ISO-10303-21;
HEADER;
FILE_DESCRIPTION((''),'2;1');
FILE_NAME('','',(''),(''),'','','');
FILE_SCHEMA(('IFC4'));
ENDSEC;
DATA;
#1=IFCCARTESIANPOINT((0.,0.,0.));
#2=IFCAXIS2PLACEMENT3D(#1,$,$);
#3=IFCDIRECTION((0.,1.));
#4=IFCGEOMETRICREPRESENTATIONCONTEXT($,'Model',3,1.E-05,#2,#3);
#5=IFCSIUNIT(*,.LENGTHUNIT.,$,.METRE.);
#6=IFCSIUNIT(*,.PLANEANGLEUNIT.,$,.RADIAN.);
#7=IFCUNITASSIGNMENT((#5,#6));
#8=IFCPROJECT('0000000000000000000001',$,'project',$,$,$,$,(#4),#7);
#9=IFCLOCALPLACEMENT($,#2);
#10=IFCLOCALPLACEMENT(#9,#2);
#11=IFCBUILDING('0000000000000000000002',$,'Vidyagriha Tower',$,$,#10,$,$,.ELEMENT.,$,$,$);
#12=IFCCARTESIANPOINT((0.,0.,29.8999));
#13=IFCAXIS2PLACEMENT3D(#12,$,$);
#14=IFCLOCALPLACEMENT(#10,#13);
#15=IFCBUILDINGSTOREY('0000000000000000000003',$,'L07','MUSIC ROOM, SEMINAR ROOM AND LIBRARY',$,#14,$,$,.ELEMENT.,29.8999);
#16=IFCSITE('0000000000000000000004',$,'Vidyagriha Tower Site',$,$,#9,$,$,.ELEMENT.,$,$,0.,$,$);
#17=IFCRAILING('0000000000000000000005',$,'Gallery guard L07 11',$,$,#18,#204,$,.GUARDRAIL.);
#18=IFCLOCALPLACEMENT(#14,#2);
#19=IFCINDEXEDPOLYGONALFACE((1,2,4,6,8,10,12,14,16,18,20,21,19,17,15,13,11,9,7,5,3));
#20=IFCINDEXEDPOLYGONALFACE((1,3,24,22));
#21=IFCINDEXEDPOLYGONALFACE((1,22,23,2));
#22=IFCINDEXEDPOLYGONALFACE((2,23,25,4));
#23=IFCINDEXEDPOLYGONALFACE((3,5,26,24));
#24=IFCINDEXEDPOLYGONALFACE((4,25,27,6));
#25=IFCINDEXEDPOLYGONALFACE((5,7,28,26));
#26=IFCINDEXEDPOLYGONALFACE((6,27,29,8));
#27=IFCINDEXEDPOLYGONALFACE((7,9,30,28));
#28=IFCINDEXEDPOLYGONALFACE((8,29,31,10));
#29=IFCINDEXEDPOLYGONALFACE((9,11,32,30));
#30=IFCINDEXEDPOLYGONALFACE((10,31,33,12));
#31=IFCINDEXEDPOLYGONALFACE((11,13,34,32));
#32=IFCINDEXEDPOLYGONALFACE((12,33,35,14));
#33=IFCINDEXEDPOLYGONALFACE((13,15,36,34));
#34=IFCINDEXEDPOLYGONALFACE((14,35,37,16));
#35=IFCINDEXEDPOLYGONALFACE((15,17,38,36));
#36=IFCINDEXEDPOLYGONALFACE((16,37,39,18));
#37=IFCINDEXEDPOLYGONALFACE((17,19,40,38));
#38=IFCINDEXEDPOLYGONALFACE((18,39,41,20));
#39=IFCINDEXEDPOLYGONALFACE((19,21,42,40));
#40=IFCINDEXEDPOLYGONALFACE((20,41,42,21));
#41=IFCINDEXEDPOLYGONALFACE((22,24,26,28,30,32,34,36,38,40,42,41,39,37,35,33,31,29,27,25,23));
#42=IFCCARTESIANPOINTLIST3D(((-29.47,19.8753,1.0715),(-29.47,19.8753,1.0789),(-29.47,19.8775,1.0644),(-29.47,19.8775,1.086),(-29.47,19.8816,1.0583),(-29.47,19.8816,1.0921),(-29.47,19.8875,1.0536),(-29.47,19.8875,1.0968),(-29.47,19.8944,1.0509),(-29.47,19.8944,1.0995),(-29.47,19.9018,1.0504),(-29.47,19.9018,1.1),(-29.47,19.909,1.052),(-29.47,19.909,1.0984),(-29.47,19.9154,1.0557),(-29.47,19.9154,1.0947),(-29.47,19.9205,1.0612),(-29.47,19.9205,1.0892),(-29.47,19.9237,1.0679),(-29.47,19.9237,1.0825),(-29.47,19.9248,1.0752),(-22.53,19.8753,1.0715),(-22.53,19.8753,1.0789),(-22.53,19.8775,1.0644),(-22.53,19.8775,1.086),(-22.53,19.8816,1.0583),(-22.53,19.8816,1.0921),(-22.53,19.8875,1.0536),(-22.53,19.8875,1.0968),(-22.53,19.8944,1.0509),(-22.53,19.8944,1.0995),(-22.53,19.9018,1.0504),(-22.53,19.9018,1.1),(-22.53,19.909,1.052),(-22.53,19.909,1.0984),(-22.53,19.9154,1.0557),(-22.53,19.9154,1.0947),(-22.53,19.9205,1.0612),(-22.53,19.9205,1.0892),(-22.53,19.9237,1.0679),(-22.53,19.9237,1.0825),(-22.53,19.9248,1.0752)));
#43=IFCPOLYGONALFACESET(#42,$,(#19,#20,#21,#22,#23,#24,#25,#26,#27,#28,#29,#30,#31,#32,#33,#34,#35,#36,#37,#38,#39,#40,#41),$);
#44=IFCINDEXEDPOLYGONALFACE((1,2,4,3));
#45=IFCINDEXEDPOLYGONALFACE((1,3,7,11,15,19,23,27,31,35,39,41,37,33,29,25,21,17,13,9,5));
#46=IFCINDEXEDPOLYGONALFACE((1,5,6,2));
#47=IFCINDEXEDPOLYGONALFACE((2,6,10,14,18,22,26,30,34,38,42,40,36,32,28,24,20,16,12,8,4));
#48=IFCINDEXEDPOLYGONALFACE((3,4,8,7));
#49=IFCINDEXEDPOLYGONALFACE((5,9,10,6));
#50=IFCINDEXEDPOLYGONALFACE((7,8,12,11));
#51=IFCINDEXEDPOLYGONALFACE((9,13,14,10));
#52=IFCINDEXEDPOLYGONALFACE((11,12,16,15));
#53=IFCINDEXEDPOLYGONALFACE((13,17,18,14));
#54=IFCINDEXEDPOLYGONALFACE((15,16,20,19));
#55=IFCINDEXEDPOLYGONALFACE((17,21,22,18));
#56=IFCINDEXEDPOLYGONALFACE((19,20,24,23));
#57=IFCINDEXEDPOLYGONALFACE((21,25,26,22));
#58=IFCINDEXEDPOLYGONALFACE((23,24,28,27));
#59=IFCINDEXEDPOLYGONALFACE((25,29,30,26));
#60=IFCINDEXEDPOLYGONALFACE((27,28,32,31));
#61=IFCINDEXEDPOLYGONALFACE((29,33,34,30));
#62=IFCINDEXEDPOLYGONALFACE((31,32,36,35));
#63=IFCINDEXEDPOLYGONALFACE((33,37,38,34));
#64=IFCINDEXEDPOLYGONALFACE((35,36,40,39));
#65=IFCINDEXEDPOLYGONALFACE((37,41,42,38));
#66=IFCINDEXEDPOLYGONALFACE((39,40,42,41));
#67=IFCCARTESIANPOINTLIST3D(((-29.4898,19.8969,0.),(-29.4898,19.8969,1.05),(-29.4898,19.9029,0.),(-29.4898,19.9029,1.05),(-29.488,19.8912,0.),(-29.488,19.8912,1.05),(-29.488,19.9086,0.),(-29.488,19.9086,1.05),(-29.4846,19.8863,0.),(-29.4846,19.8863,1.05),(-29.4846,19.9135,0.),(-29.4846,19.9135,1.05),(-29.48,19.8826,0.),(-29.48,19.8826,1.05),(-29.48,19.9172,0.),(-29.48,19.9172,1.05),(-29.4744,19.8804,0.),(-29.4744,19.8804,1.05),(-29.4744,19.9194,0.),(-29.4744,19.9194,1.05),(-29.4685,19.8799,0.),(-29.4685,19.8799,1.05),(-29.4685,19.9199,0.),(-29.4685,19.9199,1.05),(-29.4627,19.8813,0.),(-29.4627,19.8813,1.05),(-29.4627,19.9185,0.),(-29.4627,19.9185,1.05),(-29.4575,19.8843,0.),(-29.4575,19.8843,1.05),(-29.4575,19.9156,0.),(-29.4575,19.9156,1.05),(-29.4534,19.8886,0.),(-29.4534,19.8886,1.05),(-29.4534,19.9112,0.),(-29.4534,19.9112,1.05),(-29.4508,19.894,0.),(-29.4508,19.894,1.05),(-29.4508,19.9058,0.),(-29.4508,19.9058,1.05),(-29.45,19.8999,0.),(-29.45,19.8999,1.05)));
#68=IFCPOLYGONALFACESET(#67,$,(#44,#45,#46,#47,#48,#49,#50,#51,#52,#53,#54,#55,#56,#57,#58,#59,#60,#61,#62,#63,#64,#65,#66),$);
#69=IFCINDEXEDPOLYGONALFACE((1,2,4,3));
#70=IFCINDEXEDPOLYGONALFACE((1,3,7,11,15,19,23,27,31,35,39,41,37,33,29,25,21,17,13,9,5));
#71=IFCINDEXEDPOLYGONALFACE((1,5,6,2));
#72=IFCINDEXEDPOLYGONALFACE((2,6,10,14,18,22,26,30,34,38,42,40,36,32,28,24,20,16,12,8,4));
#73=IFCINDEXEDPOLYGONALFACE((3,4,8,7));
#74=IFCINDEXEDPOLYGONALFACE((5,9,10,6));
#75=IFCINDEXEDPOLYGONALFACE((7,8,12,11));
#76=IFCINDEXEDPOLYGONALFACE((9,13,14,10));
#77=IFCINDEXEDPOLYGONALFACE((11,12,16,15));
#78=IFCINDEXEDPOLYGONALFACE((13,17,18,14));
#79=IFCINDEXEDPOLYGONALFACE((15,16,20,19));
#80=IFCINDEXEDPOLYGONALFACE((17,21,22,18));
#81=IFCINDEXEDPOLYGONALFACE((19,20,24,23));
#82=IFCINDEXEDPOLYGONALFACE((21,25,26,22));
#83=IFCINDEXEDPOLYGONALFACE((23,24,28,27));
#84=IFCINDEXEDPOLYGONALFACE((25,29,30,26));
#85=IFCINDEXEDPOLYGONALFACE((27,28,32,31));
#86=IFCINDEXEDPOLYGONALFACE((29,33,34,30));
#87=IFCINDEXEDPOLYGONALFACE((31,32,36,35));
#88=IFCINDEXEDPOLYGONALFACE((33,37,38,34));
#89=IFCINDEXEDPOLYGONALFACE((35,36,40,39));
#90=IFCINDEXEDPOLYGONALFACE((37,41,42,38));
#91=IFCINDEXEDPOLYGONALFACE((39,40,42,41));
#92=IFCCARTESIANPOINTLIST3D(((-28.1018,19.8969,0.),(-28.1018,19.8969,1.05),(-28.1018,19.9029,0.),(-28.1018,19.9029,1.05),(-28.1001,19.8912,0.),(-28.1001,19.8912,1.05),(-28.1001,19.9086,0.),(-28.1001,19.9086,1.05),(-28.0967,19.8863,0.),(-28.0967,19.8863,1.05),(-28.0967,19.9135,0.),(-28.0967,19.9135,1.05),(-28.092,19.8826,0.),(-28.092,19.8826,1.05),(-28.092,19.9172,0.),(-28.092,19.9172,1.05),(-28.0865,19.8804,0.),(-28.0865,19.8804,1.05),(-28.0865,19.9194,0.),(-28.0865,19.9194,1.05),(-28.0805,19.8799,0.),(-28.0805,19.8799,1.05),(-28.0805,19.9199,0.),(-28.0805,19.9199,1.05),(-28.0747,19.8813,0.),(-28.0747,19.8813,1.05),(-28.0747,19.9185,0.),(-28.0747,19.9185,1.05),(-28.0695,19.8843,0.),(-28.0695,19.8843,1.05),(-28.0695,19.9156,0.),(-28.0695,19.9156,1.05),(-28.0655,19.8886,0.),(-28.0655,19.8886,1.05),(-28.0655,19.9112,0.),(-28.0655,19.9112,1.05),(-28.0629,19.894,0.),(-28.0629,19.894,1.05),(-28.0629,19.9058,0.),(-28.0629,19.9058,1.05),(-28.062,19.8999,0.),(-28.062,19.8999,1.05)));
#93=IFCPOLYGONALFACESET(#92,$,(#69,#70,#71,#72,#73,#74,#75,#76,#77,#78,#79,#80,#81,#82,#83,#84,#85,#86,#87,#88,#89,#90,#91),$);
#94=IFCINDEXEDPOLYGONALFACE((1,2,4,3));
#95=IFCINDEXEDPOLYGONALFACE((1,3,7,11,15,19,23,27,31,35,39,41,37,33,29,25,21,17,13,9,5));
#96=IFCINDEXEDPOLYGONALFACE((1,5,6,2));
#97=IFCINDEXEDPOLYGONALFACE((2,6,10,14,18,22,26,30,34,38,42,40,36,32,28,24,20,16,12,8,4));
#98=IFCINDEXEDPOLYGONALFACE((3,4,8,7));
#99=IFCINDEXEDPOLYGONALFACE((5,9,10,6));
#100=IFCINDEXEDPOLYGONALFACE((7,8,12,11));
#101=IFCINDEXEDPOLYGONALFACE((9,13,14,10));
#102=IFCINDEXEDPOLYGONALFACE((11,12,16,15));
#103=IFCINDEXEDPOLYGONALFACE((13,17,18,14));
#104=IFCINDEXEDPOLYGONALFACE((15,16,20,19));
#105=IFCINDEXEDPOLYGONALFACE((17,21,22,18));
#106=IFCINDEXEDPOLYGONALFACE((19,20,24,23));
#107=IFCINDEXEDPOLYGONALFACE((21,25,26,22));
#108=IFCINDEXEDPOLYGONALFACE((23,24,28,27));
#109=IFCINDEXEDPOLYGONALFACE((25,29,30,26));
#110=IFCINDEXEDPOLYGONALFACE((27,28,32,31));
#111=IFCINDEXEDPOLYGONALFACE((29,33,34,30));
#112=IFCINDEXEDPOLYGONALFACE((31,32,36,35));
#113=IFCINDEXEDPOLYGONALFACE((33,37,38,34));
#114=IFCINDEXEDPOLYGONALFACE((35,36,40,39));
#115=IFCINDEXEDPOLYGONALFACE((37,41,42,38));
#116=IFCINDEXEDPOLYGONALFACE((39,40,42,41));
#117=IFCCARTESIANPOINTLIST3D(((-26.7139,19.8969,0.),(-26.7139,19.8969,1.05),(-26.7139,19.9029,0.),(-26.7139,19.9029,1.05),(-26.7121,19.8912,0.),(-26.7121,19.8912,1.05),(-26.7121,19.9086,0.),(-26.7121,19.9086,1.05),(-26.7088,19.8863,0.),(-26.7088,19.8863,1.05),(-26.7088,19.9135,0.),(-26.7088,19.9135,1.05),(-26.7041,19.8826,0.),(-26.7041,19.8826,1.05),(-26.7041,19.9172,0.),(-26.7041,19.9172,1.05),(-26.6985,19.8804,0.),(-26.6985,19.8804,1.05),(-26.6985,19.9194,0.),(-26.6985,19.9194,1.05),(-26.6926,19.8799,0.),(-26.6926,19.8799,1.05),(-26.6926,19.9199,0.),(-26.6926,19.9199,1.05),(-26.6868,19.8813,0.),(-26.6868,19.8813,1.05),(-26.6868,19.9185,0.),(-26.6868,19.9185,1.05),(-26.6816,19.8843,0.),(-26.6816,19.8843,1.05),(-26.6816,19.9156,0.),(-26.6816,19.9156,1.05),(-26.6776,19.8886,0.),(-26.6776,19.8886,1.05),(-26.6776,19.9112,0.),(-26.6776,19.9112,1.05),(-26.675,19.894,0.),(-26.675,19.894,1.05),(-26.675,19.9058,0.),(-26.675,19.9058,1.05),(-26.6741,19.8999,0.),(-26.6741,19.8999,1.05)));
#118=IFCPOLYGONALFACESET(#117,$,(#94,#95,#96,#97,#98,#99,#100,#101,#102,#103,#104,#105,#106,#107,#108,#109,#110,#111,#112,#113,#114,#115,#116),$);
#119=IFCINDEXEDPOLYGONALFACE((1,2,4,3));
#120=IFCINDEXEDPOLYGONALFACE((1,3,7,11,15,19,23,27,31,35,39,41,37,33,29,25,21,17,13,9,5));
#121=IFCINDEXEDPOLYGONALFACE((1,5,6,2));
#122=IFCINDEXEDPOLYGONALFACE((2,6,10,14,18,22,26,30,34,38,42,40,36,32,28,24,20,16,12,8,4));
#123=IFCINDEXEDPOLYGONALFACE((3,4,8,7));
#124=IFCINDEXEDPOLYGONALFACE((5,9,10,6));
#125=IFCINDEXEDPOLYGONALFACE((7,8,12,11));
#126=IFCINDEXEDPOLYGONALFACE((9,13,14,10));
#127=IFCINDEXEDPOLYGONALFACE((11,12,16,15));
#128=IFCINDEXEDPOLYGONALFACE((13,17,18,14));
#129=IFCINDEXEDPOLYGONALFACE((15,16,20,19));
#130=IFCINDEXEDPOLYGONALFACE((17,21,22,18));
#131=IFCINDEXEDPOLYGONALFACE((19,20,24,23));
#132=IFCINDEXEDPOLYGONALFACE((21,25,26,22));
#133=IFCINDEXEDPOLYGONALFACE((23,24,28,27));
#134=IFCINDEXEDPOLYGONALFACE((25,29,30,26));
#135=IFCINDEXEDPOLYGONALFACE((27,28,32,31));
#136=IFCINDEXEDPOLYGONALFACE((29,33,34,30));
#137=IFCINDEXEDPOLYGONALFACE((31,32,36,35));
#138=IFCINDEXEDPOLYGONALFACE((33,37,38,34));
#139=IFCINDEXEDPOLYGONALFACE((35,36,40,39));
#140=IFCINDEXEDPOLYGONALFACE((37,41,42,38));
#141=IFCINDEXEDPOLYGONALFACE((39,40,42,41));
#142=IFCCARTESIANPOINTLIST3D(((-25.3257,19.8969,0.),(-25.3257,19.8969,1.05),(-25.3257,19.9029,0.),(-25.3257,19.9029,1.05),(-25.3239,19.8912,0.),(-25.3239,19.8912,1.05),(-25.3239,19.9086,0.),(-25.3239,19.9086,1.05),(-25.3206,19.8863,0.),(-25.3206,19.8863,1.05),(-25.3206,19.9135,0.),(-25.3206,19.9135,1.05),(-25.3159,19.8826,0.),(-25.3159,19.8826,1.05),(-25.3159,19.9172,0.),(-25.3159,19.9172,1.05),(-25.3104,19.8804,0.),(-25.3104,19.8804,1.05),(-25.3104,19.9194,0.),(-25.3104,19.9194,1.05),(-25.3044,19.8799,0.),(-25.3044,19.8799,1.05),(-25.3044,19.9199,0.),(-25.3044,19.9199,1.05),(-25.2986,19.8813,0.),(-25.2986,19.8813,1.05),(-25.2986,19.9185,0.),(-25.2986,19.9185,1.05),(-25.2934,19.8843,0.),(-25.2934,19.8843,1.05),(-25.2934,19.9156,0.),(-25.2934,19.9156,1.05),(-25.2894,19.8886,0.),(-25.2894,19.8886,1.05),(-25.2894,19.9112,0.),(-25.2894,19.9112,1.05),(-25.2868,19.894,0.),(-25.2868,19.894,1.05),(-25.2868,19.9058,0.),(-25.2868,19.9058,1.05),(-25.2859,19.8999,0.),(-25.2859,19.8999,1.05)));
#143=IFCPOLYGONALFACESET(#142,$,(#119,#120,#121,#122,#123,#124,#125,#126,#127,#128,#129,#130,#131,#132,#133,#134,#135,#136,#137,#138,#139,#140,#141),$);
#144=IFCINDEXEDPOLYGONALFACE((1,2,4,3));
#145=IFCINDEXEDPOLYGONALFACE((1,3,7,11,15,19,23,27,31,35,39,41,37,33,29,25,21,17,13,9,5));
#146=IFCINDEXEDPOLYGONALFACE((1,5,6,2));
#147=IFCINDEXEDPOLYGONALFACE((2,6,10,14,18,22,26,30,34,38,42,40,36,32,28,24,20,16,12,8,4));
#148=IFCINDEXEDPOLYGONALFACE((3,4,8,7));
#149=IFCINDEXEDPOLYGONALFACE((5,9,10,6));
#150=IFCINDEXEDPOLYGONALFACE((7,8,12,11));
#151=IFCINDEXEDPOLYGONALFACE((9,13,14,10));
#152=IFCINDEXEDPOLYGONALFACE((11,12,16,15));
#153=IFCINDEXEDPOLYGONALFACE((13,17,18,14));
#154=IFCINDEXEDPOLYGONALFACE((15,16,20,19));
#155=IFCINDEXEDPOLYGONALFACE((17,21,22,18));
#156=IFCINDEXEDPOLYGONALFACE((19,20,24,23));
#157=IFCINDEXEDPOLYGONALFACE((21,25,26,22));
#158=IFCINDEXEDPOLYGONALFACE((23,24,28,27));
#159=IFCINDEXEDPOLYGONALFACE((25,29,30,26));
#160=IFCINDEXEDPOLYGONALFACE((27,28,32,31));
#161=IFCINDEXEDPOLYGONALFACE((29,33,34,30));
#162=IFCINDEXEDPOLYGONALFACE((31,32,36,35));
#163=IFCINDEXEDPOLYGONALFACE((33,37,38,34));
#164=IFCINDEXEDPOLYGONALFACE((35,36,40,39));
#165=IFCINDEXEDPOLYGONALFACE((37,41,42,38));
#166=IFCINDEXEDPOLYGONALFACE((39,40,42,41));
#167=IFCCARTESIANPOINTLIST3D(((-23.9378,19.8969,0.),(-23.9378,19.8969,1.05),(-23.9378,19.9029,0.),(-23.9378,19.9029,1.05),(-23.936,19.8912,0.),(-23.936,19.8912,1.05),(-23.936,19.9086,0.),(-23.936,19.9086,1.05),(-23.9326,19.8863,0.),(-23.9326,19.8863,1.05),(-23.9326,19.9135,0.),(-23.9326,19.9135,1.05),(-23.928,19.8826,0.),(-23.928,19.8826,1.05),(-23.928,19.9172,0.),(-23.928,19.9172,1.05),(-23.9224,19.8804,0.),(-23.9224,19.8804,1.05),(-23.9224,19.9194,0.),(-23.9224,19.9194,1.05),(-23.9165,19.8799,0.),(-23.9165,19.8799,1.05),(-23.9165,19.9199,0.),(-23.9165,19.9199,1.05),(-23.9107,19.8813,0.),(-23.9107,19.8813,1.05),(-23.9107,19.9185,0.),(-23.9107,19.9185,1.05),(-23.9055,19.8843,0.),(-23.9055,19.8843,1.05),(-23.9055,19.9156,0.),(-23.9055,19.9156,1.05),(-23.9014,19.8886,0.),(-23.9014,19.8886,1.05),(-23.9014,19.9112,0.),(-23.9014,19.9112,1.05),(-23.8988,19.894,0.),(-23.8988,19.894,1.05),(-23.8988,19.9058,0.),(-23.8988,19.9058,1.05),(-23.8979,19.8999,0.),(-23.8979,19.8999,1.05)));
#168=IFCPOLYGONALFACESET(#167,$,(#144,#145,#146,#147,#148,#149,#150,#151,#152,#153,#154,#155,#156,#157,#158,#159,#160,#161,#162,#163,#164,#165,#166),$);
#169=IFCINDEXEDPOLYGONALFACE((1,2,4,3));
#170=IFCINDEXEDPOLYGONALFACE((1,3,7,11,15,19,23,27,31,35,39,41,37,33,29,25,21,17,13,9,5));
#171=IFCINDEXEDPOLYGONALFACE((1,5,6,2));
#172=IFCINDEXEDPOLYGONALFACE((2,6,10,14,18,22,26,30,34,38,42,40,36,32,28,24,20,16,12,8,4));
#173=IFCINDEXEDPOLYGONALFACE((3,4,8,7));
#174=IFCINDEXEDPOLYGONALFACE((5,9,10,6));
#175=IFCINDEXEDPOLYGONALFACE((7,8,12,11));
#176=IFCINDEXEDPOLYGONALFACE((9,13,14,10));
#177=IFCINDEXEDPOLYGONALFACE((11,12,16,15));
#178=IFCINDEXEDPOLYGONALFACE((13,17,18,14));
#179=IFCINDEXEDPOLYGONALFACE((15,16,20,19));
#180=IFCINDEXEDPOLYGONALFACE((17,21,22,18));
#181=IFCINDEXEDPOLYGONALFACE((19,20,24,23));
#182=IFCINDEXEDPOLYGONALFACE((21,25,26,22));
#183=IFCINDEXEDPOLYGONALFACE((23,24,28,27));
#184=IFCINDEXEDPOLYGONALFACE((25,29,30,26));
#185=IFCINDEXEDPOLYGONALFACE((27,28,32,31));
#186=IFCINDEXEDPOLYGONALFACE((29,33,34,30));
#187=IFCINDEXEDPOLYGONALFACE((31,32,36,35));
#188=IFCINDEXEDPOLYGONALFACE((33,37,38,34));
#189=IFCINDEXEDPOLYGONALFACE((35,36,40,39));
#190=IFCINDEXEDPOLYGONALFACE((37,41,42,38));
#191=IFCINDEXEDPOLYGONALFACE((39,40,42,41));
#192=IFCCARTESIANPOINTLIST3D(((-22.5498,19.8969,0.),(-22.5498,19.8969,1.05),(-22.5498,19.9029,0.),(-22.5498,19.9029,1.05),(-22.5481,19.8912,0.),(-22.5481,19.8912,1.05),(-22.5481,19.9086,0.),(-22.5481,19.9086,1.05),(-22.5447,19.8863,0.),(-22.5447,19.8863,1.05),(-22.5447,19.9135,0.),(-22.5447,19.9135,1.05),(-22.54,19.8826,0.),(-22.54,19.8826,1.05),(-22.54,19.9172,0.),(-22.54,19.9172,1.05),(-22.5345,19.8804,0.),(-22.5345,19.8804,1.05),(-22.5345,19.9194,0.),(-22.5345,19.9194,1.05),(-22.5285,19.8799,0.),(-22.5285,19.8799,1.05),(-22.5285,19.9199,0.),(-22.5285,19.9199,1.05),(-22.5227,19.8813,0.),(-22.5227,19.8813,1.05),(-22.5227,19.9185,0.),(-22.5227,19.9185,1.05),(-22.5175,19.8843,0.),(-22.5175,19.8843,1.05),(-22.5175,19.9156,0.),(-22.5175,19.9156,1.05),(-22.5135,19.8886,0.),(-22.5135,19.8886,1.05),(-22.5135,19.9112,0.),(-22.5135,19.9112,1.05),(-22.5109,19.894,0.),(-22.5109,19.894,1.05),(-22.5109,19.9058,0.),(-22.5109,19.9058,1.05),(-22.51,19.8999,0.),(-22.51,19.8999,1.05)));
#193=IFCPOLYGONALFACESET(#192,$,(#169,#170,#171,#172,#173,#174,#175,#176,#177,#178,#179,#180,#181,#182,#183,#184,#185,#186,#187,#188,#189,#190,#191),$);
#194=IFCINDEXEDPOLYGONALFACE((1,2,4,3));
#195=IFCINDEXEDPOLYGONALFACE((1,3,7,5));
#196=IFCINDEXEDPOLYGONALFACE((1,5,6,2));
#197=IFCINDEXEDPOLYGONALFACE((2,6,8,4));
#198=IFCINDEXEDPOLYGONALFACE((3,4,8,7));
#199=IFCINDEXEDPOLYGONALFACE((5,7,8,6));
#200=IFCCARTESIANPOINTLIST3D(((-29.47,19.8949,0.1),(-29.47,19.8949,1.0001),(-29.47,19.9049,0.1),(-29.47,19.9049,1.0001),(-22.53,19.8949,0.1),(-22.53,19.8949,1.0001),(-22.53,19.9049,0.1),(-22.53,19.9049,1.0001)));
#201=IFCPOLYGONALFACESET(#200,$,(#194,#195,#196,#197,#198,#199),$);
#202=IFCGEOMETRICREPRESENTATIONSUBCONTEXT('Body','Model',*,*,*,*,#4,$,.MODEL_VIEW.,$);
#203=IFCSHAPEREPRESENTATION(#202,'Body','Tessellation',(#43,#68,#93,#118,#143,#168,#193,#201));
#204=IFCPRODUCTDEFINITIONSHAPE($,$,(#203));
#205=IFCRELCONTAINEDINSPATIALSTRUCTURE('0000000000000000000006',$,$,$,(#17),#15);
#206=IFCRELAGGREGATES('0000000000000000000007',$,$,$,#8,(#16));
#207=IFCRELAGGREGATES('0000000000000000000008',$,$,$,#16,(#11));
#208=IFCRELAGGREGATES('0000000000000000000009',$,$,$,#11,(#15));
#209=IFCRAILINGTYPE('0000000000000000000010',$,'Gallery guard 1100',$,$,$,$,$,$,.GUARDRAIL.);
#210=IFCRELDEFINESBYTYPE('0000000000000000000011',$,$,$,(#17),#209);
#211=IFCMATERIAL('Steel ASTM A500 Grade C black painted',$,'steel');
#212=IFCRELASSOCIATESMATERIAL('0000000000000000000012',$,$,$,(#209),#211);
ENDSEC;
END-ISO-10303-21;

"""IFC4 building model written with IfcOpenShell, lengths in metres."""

from ifc_helpers import new_model, si_unit, direction, frame, origin, origin_2d, place, context, subcontext, project, spatial, rectangle, circle, extrude, material, type_object, element, save


model = new_model("IFC4")

# Units and contexts
model_context = context("Model", 3, precision=1e-05, world=origin(), true_north=direction((0.0, 1.0)))
body_context = subcontext(model_context, "Body", "Model", "MODEL_VIEW")
ifc_project = project(units=[si_unit("LENGTHUNIT", "METRE"), si_unit("PLANEANGLEUNIT", "RADIAN")], contexts=[model_context])

# Site, building, storey
site_placement = place(None, origin())
site = spatial("IfcSite", under=ifc_project, at=site_placement, Name="Vidyagriha Tower Site", CompositionType="ELEMENT", RefElevation=0.0)
building_placement = place(site_placement, origin())
building = spatial("IfcBuilding", under=site, at=building_placement, Name="Vidyagriha Tower", CompositionType="ELEMENT")
storey_placement = place(building_placement, frame((0.0, 0.0, 29.8999)))
storey = spatial("IfcBuildingStorey", under=building, at=storey_placement, Name="L07", Description="MUSIC ROOM, SEMINAR ROOM AND LIBRARY", CompositionType="ELEMENT", Elevation=29.8999)

# Railing
ifc_material_1 = material(Name="Steel ASTM A500 Grade C black painted", Category="steel")
railing_type = type_object("IfcRailingType", Name="Gallery guard 1100", PredefinedType="GUARDRAIL", material=ifc_material_1)
railing_1_placement = place(storey_placement, frame((-29.47, 19.8999, 0.0)))
element("IfcRailing", 1, at=railing_1_placement, inside=storey, type_object=railing_type, Name="Gallery guard L07 11", PredefinedType="GUARDRAIL", context=body_context, shape_type="SweptSolid", body=[
    extrude(circle(Radius=0.0249, at=origin_2d()), frame((0.0, 0.0, 1.0752), z_axis=(1.0, 0.0, 0.0), x_axis=(0.0, 1.0, 0.0)), (0.0, 0.0, 1.0), 6.9399),
    extrude(circle(Radius=0.02, at=origin_2d()), origin(), (0.0, 0.0, 1.0), 1.05),
    extrude(circle(Radius=0.02, at=origin_2d()), frame((1.3879, 0.0, 0.0)), (0.0, 0.0, 1.0), 1.05),
    extrude(circle(Radius=0.02, at=origin_2d()), frame((2.7759, 0.0, 0.0)), (0.0, 0.0, 1.0), 1.05),
    extrude(circle(Radius=0.02, at=origin_2d()), frame((4.1641, 0.0, 0.0)), (0.0, 0.0, 1.0), 1.05),
    extrude(circle(Radius=0.02, at=origin_2d()), frame((5.552, 0.0, 0.0)), (0.0, 0.0, 1.0), 1.05),
    extrude(circle(Radius=0.02, at=origin_2d()), frame((6.9399, 0.0, 0.0)), (0.0, 0.0, 1.0), 1.05),
    extrude(rectangle(XDim=0.01, YDim=0.9001, at=origin_2d()), frame((0.0, 0.0, 0.55), z_axis=(1.0, 0.0, 0.0), x_axis=(0.0, 1.0, 0.0)), (0.0, 0.0, 1.0), 6.9399),
])

save(model, "model.ifc")
